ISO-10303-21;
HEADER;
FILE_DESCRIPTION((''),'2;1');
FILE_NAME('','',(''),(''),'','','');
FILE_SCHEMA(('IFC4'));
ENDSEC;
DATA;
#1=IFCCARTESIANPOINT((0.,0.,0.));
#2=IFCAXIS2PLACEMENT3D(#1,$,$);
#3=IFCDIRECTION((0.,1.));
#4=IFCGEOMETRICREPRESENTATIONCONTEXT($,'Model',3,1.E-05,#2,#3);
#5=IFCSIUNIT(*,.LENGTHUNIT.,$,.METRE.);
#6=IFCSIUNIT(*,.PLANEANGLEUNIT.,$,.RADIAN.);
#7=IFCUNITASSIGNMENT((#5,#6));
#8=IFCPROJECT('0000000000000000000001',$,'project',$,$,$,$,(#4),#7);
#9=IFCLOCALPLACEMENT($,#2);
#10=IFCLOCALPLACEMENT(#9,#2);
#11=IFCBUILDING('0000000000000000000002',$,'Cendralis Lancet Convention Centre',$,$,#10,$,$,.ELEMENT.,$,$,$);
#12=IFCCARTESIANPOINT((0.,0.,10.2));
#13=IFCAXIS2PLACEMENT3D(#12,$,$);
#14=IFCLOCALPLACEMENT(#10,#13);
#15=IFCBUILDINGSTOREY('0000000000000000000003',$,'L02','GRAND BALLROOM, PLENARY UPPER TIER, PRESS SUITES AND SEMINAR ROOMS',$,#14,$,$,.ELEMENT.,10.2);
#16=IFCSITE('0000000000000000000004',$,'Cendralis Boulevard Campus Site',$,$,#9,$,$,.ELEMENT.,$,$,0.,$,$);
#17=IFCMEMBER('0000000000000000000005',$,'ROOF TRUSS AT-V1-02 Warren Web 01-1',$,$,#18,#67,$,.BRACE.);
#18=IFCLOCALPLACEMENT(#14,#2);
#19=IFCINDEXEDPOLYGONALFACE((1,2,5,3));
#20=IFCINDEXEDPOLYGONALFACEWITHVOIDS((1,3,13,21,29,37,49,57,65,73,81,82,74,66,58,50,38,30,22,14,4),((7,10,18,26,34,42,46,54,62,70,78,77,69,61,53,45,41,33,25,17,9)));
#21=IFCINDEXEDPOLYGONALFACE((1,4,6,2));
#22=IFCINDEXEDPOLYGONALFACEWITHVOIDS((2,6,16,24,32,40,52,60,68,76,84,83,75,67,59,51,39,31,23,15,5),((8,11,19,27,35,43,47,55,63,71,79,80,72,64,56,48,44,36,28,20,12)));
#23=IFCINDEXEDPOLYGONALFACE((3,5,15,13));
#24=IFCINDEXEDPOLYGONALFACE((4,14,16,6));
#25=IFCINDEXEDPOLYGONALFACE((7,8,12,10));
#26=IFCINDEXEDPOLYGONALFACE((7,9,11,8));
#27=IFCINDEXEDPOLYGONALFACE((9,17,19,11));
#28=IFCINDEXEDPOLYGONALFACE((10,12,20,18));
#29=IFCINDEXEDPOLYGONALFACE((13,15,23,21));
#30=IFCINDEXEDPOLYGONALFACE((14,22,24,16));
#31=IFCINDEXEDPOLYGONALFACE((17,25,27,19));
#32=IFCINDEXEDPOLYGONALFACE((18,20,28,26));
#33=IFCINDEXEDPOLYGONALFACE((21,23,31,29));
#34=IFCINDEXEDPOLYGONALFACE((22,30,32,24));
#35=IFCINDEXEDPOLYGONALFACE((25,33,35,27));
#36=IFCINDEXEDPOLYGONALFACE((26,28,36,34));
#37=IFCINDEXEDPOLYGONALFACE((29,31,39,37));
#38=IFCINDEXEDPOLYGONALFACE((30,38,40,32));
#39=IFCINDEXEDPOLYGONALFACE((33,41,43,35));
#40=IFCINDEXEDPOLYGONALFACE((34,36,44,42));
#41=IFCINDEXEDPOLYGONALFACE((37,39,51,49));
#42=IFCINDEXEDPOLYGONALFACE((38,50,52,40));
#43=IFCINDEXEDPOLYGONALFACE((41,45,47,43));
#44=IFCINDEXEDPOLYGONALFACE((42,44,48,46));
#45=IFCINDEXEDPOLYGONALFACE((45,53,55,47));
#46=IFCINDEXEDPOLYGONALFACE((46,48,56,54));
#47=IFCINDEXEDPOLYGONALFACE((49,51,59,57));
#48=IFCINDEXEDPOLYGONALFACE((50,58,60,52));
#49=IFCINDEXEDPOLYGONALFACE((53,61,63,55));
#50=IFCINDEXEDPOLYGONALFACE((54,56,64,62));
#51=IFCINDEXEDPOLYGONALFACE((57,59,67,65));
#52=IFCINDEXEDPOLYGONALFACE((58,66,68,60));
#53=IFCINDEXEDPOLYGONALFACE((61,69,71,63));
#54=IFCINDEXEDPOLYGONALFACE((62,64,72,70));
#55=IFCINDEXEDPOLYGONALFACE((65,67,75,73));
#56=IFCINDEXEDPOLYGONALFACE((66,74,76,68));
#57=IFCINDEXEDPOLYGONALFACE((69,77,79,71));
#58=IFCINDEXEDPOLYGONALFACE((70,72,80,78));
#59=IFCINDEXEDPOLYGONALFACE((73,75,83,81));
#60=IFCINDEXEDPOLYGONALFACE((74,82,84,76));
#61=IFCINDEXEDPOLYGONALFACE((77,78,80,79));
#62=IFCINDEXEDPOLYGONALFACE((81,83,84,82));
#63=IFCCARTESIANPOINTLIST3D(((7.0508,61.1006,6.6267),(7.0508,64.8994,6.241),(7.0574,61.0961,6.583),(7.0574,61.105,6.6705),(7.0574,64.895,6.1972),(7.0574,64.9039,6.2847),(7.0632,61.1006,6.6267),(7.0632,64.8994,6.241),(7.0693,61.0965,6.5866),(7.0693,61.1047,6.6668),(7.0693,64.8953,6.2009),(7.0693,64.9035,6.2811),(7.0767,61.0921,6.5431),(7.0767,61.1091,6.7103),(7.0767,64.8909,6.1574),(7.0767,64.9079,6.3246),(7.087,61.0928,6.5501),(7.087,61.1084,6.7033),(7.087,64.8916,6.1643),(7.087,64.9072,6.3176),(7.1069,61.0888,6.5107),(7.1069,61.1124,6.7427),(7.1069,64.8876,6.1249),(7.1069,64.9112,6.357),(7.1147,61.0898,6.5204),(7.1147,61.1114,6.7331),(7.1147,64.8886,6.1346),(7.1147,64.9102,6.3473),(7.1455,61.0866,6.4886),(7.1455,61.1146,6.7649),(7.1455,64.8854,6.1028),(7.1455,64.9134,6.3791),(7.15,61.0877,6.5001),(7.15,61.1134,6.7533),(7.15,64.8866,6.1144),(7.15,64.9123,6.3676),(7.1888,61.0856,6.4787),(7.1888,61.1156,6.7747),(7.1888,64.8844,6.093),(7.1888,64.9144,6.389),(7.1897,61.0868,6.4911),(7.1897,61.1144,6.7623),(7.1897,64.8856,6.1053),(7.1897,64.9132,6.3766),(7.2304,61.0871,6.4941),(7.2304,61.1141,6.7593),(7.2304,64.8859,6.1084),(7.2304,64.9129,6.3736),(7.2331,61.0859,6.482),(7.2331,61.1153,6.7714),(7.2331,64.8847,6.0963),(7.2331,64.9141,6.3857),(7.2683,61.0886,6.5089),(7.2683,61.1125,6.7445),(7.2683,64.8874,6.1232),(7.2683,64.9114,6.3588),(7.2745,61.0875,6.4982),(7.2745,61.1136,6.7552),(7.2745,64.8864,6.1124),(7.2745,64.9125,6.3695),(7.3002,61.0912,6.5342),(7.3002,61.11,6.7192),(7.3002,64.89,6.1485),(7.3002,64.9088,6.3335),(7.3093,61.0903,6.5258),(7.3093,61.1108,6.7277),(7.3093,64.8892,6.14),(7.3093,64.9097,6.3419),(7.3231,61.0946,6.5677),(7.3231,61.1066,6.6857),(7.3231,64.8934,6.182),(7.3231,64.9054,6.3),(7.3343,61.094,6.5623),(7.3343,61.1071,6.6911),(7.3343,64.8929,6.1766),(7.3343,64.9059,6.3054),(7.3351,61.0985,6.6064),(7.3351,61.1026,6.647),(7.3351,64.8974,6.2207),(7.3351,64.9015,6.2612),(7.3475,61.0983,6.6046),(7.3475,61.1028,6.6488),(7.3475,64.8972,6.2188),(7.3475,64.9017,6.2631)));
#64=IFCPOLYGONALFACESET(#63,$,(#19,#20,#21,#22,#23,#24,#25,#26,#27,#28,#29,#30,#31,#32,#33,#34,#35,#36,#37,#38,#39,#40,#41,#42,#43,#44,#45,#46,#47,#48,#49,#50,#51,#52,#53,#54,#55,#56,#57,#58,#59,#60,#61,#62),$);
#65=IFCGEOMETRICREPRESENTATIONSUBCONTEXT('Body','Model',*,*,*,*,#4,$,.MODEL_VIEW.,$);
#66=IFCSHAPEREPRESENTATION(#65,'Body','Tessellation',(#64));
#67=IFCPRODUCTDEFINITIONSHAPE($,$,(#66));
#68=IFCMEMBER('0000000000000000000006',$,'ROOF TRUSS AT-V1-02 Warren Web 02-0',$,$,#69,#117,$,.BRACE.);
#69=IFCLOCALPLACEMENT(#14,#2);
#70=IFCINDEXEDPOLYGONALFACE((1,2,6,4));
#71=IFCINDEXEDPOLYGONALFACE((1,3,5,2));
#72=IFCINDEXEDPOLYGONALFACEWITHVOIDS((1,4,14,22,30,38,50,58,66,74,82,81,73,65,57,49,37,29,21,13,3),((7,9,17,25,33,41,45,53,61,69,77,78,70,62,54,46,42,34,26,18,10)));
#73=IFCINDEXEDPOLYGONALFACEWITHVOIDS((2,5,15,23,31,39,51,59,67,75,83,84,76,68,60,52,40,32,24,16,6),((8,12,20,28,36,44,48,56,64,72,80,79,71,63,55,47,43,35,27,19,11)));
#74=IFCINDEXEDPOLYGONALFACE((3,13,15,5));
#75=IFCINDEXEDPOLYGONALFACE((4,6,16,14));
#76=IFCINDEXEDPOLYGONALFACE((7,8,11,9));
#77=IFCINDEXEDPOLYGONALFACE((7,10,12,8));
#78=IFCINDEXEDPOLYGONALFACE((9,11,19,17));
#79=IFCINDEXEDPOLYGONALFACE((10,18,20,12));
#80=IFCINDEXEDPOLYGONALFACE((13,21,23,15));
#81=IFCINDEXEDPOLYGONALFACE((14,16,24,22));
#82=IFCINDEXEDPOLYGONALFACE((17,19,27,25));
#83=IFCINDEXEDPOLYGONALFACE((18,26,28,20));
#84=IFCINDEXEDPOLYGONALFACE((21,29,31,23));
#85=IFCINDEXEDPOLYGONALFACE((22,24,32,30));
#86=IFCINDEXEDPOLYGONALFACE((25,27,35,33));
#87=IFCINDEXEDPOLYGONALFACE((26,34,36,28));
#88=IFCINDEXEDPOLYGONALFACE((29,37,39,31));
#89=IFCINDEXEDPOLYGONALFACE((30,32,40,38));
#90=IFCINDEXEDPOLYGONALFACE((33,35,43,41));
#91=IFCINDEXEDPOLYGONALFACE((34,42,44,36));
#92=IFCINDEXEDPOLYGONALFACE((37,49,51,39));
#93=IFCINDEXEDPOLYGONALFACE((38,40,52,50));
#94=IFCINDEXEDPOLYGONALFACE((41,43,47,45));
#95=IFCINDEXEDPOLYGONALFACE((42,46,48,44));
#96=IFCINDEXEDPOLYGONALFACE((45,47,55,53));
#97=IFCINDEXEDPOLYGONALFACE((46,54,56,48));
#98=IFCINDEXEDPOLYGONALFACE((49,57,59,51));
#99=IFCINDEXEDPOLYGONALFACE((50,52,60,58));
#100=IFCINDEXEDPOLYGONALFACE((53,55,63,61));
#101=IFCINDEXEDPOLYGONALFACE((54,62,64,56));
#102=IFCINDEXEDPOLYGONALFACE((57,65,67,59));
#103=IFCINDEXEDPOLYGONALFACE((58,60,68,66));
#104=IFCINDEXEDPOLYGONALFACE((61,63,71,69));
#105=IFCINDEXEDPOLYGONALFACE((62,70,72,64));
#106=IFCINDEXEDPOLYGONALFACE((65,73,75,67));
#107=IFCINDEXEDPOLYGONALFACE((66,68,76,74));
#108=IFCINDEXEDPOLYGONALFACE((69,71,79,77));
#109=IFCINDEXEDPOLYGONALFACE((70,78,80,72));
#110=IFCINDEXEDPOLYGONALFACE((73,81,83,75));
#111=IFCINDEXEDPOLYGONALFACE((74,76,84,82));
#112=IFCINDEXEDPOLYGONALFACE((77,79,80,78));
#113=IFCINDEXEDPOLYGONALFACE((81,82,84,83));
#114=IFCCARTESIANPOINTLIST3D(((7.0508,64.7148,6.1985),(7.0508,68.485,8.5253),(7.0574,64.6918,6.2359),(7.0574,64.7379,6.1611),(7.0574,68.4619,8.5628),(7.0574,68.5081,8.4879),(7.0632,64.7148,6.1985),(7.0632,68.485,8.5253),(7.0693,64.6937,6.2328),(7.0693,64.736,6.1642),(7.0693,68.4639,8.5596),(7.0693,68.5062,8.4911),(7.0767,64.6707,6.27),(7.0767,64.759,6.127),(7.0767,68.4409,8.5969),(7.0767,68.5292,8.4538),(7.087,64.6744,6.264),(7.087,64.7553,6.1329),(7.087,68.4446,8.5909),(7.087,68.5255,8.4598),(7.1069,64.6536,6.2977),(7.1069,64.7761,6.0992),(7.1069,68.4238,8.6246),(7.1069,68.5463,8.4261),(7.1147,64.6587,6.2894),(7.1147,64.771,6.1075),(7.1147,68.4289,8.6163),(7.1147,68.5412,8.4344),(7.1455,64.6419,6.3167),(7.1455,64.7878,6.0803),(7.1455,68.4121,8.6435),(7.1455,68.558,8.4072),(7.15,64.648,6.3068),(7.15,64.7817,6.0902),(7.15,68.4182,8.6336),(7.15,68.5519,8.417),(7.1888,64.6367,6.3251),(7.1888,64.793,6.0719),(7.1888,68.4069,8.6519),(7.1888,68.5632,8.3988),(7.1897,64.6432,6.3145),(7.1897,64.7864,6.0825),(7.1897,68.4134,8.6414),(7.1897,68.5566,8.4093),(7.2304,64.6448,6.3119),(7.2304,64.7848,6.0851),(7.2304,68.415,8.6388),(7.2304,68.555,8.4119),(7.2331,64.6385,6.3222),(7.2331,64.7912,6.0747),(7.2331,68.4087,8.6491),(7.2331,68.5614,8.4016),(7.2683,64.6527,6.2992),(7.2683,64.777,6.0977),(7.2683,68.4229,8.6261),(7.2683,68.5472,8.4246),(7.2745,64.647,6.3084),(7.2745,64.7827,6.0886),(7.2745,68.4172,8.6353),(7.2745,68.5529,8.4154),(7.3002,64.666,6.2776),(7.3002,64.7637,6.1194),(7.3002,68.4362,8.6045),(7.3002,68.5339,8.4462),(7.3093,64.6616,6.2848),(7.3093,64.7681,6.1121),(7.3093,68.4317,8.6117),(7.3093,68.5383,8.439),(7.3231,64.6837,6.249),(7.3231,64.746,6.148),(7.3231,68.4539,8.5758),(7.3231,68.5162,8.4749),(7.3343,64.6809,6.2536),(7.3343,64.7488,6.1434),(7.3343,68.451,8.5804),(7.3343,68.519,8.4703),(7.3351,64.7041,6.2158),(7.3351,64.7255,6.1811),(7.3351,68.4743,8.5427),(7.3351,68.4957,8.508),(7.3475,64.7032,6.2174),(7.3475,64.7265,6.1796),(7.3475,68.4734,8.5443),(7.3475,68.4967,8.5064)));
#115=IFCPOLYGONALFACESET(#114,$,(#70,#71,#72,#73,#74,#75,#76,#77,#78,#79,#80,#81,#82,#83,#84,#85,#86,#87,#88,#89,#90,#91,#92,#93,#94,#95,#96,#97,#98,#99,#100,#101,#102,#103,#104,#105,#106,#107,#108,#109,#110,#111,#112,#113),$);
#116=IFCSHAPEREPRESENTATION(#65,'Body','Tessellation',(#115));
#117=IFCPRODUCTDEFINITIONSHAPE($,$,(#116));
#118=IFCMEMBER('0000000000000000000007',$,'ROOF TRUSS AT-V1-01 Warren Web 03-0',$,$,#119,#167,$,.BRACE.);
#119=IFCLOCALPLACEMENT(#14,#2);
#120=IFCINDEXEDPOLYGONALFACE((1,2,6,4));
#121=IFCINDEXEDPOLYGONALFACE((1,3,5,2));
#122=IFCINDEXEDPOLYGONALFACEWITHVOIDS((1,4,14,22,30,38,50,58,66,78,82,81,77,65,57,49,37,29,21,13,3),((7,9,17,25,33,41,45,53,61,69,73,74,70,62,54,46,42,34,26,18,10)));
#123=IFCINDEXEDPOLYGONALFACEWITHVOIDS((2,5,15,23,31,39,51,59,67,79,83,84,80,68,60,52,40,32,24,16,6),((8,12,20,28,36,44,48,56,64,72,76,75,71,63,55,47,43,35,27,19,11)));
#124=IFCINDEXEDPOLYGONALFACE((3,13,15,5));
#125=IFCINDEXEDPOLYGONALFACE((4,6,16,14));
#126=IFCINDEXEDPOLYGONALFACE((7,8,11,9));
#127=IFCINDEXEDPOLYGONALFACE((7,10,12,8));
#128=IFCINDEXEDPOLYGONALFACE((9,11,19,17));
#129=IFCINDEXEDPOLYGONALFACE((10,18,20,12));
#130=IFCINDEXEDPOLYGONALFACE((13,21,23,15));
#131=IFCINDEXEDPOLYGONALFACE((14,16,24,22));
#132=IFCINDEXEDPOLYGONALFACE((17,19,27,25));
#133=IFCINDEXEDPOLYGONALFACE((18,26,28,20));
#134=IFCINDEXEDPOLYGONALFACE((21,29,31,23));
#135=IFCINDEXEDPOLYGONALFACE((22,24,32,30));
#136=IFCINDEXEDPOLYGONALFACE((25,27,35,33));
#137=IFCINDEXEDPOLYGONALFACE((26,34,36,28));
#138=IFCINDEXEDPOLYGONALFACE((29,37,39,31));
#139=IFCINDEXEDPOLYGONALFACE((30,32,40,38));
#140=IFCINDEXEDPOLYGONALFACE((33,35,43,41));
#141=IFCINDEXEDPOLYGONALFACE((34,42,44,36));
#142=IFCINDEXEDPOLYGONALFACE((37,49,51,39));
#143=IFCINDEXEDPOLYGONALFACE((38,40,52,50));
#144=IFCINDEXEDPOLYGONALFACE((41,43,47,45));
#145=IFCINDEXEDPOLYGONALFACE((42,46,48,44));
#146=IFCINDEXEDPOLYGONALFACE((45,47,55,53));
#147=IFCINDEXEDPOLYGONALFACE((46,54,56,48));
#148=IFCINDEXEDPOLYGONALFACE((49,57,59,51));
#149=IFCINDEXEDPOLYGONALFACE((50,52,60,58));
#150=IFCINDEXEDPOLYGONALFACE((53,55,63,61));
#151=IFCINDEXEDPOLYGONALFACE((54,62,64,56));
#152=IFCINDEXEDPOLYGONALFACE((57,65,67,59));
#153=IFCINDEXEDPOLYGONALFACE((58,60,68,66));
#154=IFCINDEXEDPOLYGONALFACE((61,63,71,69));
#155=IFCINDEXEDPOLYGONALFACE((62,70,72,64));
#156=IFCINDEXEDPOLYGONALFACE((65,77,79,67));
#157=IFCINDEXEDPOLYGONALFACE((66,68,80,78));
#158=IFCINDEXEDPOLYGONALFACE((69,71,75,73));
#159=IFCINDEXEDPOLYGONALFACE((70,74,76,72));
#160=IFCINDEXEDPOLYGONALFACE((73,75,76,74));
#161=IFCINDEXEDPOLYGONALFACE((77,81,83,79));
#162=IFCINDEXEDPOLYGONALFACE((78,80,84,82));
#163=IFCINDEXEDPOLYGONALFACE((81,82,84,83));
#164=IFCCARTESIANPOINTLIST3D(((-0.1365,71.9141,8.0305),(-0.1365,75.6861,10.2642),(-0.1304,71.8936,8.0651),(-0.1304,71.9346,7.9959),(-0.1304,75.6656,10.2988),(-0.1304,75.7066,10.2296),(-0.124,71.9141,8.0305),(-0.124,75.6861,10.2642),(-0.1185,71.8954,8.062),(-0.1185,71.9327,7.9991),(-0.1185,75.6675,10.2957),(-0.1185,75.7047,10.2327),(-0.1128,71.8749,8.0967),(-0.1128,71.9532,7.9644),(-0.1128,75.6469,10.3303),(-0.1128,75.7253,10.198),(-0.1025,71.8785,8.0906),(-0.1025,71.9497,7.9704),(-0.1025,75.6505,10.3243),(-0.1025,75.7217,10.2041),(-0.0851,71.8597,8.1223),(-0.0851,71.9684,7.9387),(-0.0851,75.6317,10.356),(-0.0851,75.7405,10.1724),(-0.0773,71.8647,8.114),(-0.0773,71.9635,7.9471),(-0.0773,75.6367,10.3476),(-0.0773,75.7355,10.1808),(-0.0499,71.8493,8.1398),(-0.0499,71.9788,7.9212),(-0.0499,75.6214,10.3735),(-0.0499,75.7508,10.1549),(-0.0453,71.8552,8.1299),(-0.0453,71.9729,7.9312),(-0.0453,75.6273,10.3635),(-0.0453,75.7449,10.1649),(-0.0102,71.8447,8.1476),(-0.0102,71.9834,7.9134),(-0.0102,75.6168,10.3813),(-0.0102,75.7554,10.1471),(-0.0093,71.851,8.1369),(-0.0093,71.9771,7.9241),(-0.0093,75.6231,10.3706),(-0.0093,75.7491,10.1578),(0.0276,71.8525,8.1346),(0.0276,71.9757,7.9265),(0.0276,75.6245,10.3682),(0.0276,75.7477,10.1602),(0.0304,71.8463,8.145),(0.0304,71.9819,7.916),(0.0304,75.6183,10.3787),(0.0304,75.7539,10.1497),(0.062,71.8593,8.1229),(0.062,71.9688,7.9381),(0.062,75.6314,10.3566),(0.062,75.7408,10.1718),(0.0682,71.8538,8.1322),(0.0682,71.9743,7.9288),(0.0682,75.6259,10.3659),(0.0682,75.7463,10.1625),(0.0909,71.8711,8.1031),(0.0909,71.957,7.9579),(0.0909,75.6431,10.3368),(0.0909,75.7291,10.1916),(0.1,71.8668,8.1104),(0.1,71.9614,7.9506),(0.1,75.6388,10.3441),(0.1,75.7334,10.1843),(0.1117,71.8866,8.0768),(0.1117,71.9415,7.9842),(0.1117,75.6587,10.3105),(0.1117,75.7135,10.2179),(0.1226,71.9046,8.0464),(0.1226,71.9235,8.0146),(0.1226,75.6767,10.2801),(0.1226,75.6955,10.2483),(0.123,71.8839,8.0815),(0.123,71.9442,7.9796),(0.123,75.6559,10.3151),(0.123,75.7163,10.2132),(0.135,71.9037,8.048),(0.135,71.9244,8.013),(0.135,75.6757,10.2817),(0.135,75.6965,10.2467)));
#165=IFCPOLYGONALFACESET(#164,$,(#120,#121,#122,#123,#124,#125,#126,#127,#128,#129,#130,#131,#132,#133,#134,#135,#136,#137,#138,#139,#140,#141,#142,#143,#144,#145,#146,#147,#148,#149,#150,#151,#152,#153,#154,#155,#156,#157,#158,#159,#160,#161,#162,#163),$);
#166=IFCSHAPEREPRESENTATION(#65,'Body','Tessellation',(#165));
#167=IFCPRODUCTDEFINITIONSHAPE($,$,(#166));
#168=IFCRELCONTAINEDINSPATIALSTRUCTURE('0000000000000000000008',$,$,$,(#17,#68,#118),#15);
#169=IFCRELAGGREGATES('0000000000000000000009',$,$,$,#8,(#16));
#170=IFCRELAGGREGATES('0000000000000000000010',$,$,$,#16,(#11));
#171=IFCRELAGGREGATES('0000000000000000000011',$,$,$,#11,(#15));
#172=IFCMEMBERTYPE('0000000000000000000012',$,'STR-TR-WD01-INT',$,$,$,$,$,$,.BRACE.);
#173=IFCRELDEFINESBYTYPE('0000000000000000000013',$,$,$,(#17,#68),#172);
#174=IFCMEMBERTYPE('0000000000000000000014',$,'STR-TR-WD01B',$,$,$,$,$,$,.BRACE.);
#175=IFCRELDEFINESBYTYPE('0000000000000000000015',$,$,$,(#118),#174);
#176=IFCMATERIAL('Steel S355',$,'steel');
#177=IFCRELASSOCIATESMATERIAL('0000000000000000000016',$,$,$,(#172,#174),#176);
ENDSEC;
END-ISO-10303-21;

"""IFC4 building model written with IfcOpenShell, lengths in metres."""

from ifc_helpers import new_model, si_unit, direction, frame, origin, origin_2d, place, context, subcontext, project, spatial, hollow_circle, extrude, material, material_profile, profile_set, type_object, element, save


model = new_model("IFC4")

# Units and contexts
model_context = context("Model", 3, precision=1e-05, world=origin(), true_north=direction((0.0, 1.0)))
body_context = subcontext(model_context, "Body", "Model", "MODEL_VIEW")
ifc_project = project(units=[si_unit("LENGTHUNIT", "METRE"), si_unit("PLANEANGLEUNIT", "RADIAN")], contexts=[model_context])

# Site, building, storey
site_placement = place(None, origin())
site = spatial("IfcSite", under=ifc_project, at=site_placement, Name="Cendralis Boulevard Campus Site", CompositionType="ELEMENT", RefElevation=0.0)
building_placement = place(site_placement, origin())
building = spatial("IfcBuilding", under=site, at=building_placement, Name="Cendralis Lancet Convention Centre", CompositionType="ELEMENT")
storey_placement = place(building_placement, frame((0.0, 0.0, 10.2)))
storey = spatial("IfcBuildingStorey", under=building, at=storey_placement, Name="L02", Description="GRAND BALLROOM, PLENARY UPPER TIER, PRESS SUITES AND SEMINAR ROOMS", CompositionType="ELEMENT", Elevation=10.2)

# Members
ifc_material = material(Name="Steel S355", Category="steel")
ifc_material_profile_1 = material_profile(ifc_material, hollow_circle(Radius=0.1492, WallThickness=0.0125, at=origin_2d()), Name="CHS 298.5x12.5")
ifc_profile_set_1 = profile_set([ifc_material_profile_1], Name="Steel S355")
member_type_1 = type_object("IfcMemberType", Name="STR-TR-WD01-INT", PredefinedType="BRACE", material=ifc_profile_set_1)
member_1_placement = place(storey_placement, frame((7.2, 61.1006, 6.6267), z_axis=(0.0, 0.994884, -0.101023), x_axis=(-1.0, 0.0, 0.0)))
element("IfcMember", 1, at=member_1_placement, inside=storey, type_object=member_type_1, Name="ROOF TRUSS AT-V1-02 Warren Web 01-1", PredefinedType="BRACE", context=body_context, shape_type="SweptSolid", body=[
    extrude(hollow_circle(Radius=0.1492, WallThickness=0.0125, at=origin_2d()), origin(), (0.0, 0.0, 1.0), 3.8184),
])
member_2_placement = place(storey_placement, frame((7.2, 64.7148, 6.1985), z_axis=(0.0, 0.850978, 0.525201), x_axis=(-1.0, 0.0, 0.0)))
element("IfcMember", 2, at=member_2_placement, inside=storey, type_object=member_type_1, Name="ROOF TRUSS AT-V1-02 Warren Web 02-0", PredefinedType="BRACE", context=body_context, shape_type="SweptSolid", body=[
    extrude(hollow_circle(Radius=0.1492, WallThickness=0.0125, at=origin_2d()), origin(), (0.0, 0.0, 1.0), 4.4304),
])
ifc_material_profile_2 = material_profile(ifc_material, hollow_circle(Radius=0.1365, WallThickness=0.0125, at=origin_2d()), Name="CHS 273.0x12.5")
ifc_profile_set_2 = profile_set([ifc_material_profile_2], Name="Steel S355")
member_type_2 = type_object("IfcMemberType", Name="STR-TR-WD01B", PredefinedType="BRACE", material=ifc_profile_set_2)
member_3_placement = place(storey_placement, frame((0.0, 71.9141, 8.0305), z_axis=(0.0, 0.860452, 0.509532), x_axis=(-1.0, 0.0, 0.0)))
element("IfcMember", 3, at=member_3_placement, inside=storey, type_object=member_type_2, Name="ROOF TRUSS AT-V1-01 Warren Web 03-0", PredefinedType="BRACE", context=body_context, shape_type="SweptSolid", body=[
    extrude(hollow_circle(Radius=0.1365, WallThickness=0.0125, at=origin_2d()), origin(), (0.0, 0.0, 1.0), 4.3838),
])

save(model, "model.ifc")
